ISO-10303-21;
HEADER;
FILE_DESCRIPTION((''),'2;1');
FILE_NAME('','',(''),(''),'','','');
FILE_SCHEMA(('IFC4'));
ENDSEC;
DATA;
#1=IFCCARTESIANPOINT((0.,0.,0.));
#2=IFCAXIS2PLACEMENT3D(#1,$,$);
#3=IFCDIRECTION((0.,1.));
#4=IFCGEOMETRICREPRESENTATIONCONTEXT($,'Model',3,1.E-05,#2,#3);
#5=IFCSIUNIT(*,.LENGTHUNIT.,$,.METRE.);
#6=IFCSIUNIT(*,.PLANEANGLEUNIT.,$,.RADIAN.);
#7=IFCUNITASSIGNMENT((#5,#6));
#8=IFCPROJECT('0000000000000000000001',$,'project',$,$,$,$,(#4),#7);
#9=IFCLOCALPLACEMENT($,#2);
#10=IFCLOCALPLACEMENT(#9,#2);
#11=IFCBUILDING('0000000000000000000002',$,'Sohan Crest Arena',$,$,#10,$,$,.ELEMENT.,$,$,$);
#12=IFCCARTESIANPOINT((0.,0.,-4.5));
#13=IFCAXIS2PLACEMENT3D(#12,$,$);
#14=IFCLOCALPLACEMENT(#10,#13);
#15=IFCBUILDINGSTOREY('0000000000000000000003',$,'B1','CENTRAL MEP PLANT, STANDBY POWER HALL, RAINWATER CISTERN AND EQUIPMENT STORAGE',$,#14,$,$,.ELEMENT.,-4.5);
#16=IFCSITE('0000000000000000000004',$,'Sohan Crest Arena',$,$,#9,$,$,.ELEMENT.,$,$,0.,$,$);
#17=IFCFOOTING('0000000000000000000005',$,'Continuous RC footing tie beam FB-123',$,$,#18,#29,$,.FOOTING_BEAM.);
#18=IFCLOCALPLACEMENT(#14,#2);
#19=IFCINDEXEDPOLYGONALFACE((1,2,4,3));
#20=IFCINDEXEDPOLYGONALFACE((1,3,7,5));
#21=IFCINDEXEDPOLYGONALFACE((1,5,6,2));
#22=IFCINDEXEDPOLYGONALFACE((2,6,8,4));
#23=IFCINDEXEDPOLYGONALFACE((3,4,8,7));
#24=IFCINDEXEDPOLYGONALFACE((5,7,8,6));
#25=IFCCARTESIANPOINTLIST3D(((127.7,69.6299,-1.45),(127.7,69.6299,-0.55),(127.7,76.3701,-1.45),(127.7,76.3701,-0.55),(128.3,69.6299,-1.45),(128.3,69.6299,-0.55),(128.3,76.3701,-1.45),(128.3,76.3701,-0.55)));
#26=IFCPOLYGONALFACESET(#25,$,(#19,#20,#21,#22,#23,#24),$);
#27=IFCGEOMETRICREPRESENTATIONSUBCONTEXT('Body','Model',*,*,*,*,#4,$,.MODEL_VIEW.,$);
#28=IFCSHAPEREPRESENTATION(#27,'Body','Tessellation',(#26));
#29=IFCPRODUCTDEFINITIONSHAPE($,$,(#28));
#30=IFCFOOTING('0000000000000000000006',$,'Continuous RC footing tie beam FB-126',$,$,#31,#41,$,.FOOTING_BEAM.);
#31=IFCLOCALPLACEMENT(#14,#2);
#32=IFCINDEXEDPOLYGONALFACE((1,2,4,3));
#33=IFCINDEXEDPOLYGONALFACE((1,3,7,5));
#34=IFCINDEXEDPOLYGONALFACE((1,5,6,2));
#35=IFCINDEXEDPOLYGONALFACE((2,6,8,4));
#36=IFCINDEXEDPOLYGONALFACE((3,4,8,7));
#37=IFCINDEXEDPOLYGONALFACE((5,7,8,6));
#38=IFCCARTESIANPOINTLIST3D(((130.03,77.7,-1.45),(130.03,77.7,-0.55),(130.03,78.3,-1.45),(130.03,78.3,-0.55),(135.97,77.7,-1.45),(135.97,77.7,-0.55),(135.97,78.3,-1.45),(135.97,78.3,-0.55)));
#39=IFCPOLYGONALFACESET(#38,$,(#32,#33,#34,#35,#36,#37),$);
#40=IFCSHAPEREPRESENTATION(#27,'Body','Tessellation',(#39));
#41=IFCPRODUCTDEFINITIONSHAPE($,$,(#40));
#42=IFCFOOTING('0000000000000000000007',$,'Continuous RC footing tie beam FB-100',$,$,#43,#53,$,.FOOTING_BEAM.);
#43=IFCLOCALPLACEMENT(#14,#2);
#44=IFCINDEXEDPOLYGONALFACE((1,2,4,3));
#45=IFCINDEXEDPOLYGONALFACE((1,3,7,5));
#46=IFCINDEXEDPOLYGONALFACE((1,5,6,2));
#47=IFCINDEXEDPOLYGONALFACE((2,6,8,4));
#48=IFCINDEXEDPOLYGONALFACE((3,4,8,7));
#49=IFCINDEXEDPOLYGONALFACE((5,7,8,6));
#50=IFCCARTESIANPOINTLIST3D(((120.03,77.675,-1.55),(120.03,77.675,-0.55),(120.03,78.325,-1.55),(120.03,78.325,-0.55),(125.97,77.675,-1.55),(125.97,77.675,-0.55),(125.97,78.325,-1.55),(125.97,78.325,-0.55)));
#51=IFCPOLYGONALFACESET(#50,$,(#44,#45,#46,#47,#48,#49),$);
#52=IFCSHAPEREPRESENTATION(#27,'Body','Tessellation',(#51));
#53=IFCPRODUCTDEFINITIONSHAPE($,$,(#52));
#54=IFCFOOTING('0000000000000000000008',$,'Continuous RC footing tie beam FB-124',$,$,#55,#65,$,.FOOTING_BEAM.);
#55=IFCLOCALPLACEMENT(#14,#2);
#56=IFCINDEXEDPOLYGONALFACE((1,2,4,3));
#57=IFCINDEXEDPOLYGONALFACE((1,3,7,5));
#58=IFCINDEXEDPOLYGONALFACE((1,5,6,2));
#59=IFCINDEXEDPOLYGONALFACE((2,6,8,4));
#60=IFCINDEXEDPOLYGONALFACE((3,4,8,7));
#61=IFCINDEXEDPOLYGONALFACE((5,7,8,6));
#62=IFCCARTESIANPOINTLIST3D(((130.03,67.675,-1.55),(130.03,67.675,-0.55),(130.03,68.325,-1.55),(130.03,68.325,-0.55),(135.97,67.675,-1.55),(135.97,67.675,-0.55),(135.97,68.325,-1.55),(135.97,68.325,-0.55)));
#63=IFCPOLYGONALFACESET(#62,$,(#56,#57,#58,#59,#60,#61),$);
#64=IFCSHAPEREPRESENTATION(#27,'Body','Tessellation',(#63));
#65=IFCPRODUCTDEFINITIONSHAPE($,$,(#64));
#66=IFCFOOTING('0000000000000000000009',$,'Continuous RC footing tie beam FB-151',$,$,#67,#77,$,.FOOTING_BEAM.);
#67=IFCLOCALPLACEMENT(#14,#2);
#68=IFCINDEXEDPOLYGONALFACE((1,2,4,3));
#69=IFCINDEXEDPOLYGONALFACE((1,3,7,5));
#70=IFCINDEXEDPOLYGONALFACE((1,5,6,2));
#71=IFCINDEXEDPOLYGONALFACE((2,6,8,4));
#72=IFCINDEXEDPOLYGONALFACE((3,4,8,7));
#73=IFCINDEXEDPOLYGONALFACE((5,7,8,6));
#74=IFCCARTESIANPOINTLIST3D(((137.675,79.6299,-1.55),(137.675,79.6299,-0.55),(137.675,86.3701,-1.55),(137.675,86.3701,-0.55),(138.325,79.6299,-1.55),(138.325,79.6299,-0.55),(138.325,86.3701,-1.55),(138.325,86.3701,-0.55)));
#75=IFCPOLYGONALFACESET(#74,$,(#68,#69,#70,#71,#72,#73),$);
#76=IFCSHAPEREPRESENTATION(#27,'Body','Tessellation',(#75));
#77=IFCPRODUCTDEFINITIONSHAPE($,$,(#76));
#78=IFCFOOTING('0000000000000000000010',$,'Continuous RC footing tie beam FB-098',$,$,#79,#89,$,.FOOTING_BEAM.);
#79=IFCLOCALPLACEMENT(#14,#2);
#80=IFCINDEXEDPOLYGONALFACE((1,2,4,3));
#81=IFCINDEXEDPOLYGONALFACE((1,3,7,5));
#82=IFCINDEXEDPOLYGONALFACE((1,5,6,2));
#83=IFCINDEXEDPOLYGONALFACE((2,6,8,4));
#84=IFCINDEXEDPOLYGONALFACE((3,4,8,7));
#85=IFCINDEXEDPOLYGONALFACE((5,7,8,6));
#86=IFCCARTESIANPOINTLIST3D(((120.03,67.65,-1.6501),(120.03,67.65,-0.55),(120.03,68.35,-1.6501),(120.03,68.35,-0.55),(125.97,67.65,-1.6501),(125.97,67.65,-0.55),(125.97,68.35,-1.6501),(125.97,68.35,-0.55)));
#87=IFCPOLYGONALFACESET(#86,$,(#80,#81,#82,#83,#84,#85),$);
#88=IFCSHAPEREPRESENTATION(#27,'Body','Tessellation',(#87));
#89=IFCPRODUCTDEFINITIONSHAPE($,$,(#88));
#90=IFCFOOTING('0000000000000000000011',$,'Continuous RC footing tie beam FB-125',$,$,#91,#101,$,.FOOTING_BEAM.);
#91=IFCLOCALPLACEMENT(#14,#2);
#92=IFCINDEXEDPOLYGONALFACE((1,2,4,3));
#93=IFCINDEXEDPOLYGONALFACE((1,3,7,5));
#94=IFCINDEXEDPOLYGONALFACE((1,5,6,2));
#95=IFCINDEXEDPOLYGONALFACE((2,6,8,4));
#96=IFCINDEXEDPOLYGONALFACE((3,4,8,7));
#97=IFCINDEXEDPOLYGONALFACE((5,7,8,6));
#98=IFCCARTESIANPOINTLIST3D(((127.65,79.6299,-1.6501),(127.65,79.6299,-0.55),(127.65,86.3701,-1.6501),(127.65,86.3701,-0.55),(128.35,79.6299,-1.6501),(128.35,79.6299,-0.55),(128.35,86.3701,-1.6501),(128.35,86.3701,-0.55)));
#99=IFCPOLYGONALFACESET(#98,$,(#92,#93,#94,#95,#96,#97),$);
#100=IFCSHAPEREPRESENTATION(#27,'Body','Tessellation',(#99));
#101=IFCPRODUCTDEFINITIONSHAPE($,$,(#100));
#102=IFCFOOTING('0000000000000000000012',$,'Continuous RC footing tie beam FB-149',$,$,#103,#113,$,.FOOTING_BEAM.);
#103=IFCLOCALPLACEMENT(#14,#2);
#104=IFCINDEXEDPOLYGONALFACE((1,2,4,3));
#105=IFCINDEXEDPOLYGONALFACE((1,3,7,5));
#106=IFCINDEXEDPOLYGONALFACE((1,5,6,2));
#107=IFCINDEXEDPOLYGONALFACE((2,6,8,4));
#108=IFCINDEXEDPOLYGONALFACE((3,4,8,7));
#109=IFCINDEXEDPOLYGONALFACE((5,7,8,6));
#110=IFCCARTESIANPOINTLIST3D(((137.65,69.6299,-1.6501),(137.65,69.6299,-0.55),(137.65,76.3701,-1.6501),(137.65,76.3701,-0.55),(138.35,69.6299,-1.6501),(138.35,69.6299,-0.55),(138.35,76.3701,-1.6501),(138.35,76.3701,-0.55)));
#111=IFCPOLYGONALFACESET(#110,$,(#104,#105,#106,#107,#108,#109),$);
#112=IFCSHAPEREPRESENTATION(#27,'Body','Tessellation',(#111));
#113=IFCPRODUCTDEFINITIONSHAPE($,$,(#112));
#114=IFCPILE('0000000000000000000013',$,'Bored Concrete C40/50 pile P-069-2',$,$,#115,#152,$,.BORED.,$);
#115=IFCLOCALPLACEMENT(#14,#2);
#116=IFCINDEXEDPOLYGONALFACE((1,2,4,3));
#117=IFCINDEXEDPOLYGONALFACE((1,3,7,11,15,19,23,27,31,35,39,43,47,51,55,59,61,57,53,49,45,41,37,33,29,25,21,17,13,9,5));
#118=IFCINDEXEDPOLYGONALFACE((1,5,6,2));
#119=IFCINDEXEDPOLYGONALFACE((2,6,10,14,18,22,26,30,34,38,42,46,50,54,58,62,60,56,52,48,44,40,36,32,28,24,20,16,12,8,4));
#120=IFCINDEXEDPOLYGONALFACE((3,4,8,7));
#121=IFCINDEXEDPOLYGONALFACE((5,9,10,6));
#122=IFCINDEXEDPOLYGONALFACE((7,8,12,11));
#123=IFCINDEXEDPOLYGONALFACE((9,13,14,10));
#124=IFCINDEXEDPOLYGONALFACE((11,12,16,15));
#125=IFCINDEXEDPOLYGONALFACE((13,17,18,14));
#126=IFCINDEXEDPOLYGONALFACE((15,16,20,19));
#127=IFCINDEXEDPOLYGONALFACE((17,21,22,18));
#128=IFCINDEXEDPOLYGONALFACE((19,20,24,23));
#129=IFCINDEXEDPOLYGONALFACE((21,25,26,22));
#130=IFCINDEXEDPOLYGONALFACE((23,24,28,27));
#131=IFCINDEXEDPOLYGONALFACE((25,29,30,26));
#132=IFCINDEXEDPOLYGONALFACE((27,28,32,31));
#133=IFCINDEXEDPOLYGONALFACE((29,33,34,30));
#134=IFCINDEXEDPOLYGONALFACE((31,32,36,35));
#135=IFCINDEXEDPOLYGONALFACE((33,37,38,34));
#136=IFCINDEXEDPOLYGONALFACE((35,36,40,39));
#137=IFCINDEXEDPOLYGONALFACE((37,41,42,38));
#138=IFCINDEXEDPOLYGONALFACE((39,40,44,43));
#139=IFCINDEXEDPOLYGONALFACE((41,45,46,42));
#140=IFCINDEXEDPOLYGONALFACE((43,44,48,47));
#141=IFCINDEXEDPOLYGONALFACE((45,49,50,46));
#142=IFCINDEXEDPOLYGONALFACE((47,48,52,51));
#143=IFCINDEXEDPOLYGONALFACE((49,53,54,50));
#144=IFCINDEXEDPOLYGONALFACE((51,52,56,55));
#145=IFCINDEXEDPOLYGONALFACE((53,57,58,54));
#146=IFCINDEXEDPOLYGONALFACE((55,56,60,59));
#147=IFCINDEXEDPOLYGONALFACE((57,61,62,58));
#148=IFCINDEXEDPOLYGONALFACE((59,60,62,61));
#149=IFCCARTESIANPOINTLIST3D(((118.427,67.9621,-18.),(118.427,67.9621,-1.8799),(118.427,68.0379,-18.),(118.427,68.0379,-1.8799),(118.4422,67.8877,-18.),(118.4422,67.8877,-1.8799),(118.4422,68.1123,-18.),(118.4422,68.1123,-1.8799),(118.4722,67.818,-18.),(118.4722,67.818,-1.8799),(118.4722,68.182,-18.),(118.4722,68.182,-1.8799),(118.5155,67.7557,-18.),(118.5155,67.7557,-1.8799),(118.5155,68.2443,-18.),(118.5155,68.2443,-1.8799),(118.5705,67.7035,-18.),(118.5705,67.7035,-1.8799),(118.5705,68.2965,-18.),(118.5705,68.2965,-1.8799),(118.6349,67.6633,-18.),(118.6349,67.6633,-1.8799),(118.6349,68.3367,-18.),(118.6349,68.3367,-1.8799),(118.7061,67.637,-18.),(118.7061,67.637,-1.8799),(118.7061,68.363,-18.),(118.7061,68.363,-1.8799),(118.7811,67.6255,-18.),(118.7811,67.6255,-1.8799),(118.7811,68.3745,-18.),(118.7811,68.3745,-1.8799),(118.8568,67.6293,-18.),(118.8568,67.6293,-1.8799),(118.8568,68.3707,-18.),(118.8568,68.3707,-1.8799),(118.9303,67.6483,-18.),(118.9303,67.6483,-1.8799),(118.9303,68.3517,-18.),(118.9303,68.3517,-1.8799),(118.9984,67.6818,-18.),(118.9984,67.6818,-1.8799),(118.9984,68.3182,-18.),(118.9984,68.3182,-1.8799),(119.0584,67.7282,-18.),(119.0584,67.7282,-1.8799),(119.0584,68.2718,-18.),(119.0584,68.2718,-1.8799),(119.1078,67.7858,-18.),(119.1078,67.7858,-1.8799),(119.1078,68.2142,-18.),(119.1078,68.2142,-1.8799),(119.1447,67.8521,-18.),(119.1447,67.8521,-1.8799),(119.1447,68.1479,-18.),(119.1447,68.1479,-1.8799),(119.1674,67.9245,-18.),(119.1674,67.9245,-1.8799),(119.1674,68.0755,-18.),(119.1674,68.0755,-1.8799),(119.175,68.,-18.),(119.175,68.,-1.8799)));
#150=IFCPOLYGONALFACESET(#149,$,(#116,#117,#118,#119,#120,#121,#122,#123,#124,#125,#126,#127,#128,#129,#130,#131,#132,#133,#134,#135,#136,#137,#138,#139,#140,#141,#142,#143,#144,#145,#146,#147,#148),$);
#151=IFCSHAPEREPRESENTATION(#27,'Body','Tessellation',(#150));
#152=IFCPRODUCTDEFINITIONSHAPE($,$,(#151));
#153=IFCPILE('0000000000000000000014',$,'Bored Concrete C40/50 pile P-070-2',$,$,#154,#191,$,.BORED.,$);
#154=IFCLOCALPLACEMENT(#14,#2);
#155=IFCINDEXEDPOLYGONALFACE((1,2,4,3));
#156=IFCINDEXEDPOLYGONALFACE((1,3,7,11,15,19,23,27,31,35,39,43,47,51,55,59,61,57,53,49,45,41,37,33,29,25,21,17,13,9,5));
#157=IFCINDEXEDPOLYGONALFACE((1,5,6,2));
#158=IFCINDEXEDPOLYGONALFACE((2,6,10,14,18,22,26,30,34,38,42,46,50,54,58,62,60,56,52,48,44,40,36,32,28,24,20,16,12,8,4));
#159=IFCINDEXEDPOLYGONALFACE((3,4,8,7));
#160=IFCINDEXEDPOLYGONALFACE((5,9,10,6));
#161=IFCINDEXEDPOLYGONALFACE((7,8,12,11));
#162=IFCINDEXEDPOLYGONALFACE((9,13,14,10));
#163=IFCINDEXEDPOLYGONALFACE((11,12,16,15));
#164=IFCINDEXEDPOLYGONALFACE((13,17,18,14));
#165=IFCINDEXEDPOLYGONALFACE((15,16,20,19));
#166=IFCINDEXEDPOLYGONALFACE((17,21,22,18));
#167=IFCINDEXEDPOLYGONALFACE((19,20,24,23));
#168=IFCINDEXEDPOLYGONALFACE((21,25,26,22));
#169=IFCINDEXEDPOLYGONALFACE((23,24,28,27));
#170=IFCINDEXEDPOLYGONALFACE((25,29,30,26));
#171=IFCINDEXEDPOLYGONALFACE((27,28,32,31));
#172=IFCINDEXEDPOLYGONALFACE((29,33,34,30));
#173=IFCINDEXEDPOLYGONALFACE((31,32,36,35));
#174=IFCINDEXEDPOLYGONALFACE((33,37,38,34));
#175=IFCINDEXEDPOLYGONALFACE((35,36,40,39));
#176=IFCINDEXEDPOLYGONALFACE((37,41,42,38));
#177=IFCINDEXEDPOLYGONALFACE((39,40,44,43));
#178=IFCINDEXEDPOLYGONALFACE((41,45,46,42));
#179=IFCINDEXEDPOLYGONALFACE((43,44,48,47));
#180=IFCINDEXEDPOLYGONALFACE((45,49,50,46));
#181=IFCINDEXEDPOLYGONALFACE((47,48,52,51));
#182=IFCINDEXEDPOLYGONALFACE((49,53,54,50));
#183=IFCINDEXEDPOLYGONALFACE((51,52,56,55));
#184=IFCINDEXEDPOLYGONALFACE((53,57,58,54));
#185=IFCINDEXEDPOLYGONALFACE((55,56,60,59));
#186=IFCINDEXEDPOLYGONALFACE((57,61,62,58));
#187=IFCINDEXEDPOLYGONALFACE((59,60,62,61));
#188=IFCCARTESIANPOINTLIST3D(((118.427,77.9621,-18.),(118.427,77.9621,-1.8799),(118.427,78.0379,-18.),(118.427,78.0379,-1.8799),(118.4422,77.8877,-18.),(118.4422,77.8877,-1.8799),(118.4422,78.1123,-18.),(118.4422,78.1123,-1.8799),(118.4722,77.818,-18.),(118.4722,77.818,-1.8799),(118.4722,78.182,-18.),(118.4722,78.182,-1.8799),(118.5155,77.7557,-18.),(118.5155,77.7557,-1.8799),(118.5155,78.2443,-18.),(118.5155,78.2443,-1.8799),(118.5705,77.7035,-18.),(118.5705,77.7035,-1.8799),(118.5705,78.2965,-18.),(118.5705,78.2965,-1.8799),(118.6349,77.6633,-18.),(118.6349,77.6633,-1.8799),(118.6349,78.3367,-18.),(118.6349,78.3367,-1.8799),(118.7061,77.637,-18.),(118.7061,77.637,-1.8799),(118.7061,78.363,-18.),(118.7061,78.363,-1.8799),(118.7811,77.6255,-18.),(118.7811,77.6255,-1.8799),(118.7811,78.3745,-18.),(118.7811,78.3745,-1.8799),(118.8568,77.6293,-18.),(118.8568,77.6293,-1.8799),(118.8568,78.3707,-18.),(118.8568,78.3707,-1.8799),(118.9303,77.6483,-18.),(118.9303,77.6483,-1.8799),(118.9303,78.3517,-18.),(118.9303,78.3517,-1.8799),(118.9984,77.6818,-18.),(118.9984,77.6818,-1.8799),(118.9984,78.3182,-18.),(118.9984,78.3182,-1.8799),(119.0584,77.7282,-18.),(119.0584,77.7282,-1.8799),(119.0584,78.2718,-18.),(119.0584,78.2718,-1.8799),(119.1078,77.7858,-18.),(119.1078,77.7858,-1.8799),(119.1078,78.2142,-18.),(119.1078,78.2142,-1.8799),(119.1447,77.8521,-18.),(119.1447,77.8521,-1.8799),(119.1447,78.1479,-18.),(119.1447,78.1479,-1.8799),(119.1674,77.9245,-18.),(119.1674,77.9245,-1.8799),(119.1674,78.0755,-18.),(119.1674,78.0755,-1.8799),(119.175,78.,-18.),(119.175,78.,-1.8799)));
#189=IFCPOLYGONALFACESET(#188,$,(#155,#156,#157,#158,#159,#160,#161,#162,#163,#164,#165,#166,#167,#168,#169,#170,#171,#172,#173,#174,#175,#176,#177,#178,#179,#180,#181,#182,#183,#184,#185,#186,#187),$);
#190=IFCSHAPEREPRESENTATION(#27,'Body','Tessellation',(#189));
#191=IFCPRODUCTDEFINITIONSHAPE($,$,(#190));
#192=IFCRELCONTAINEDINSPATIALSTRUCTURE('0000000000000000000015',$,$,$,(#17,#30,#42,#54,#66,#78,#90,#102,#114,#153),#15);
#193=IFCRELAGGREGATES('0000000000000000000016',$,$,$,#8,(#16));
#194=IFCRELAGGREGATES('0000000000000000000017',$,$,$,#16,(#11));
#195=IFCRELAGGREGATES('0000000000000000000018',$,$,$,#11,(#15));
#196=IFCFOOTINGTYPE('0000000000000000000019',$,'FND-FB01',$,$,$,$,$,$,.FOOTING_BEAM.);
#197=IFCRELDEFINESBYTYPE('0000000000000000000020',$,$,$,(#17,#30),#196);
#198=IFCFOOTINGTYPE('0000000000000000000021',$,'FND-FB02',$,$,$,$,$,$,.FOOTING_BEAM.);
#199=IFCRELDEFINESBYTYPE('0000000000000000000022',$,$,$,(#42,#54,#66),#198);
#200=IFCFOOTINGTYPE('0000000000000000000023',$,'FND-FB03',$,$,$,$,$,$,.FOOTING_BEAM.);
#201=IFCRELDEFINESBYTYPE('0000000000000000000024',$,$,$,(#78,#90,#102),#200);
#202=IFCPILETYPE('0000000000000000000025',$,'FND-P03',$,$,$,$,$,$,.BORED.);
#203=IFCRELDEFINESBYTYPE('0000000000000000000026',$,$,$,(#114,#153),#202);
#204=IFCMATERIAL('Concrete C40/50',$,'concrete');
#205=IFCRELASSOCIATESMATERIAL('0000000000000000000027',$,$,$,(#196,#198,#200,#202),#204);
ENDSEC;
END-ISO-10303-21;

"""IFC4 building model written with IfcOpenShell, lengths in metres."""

from ifc_helpers import new_model, si_unit, direction, frame, origin, origin_2d, place, context, subcontext, project, spatial, rectangle, circle, extrude, material, material_profile, profile_set, type_object, element, save


model = new_model("IFC4")

# Units and contexts
model_context = context("Model", 3, precision=1e-05, world=origin(), true_north=direction((0.0, 1.0)))
body_context = subcontext(model_context, "Body", "Model", "MODEL_VIEW")
ifc_project = project(units=[si_unit("LENGTHUNIT", "METRE"), si_unit("PLANEANGLEUNIT", "RADIAN")], contexts=[model_context])

# Site, building, storey
site_placement = place(None, origin())
site = spatial("IfcSite", under=ifc_project, at=site_placement, Name="Sohan Crest Arena", CompositionType="ELEMENT", RefElevation=0.0)
building_placement = place(site_placement, origin())
building = spatial("IfcBuilding", under=site, at=building_placement, Name="Sohan Crest Arena", CompositionType="ELEMENT")
storey_placement = place(building_placement, frame((0.0, 0.0, -4.5)))
storey = spatial("IfcBuildingStorey", under=building, at=storey_placement, Name="B1", Description="CENTRAL MEP PLANT, STANDBY POWER HALL, RAINWATER CISTERN AND EQUIPMENT STORAGE", CompositionType="ELEMENT", Elevation=-4.5)

# Footings
ifc_material = material(Name="Concrete C40/50", Category="concrete")
ifc_material_profile_1 = material_profile(ifc_material, rectangle(XDim=0.6001, YDim=0.8999, at=origin_2d()), Name="RC-FB 600x900")
ifc_profile_set_1 = profile_set([ifc_material_profile_1], Name="Concrete C40/50")
footing_type_1 = type_object("IfcFootingType", Name="FND-FB01", PredefinedType="FOOTING_BEAM", material=ifc_profile_set_1)
footing_1_placement = place(storey_placement, frame((128.0, 69.6299, -1.0), z_axis=(0.0, 1.0, 0.0), x_axis=(-1.0, 0.0, 0.0)))
element("IfcFooting", 1, at=footing_1_placement, inside=storey, type_object=footing_type_1, Name="Continuous RC footing tie beam FB-123", PredefinedType="FOOTING_BEAM", context=body_context, shape_type="SweptSolid", body=[
    extrude(rectangle(XDim=0.6001, YDim=0.8999, at=origin_2d()), origin(), (0.0, 0.0, 1.0), 6.7402),
])
footing_2_placement = place(storey_placement, frame((130.03, 78.0, -1.0), z_axis=(1.0, 0.0, 0.0), x_axis=(0.0, 1.0, 0.0)))
element("IfcFooting", 2, at=footing_2_placement, inside=storey, type_object=footing_type_1, Name="Continuous RC footing tie beam FB-126", PredefinedType="FOOTING_BEAM", context=body_context, shape_type="SweptSolid", body=[
    extrude(rectangle(XDim=0.6001, YDim=0.8999, at=origin_2d()), origin(), (0.0, 0.0, 1.0), 5.9399),
])
ifc_material_profile_2 = material_profile(ifc_material, rectangle(XDim=0.6499, YDim=1.0, at=origin_2d()), Name="RC-FB 650x1000")
ifc_profile_set_2 = profile_set([ifc_material_profile_2], Name="Concrete C40/50")
footing_type_2 = type_object("IfcFootingType", Name="FND-FB02", PredefinedType="FOOTING_BEAM", material=ifc_profile_set_2)
for number, where, z_axis, x_axis, name in (
    (3, (120.03, 78.0, -1.05), (1.0, 0.0, 0.0), (0.0, 1.0, 0.0), "Continuous RC footing tie beam FB-100"),
    (4, (130.03, 68.0, -1.05), (1.0, 0.0, 0.0), (0.0, 1.0, 0.0), "Continuous RC footing tie beam FB-124"),
):
    element("IfcFooting", number, at=place(storey_placement, frame(where, z_axis=z_axis, x_axis=x_axis)), inside=storey, type_object=footing_type_2, Name=name, PredefinedType="FOOTING_BEAM", context=body_context, shape_type="SweptSolid", body=[
        extrude(rectangle(XDim=0.6499, YDim=1.0, at=origin_2d()), origin(), (0.0, 0.0, 1.0), 5.9399),
    ])
footing_3_placement = place(storey_placement, frame((138.0, 79.6299, -1.05), z_axis=(0.0, 1.0, 0.0), x_axis=(-1.0, 0.0, 0.0)))
element("IfcFooting", 5, at=footing_3_placement, inside=storey, type_object=footing_type_2, Name="Continuous RC footing tie beam FB-151", PredefinedType="FOOTING_BEAM", context=body_context, shape_type="SweptSolid", body=[
    extrude(rectangle(XDim=0.6499, YDim=1.0, at=origin_2d()), origin(), (0.0, 0.0, 1.0), 6.7402),
])
ifc_material_profile_3 = material_profile(ifc_material, rectangle(XDim=0.7, YDim=1.1001, at=origin_2d()), Name="RC-FB 700x1100")
ifc_profile_set_3 = profile_set([ifc_material_profile_3], Name="Concrete C40/50")
footing_type_3 = type_object("IfcFootingType", Name="FND-FB03", PredefinedType="FOOTING_BEAM", material=ifc_profile_set_3)
footing_4_placement = place(storey_placement, frame((120.03, 68.0, -1.1001), z_axis=(1.0, 0.0, 0.0), x_axis=(0.0, 1.0, 0.0)))
element("IfcFooting", 6, at=footing_4_placement, inside=storey, type_object=footing_type_3, Name="Continuous RC footing tie beam FB-098", PredefinedType="FOOTING_BEAM", context=body_context, shape_type="SweptSolid", body=[
    extrude(rectangle(XDim=0.7, YDim=1.1001, at=origin_2d()), origin(), (0.0, 0.0, 1.0), 5.9399),
])
for number, where, z_axis, x_axis, name in (
    (7, (128.0, 79.6299, -1.1001), (0.0, 1.0, 0.0), (-1.0, 0.0, 0.0), "Continuous RC footing tie beam FB-125"),
    (8, (138.0, 69.6299, -1.1001), (0.0, 1.0, 0.0), (-1.0, 0.0, 0.0), "Continuous RC footing tie beam FB-149"),
):
    element("IfcFooting", number, at=place(storey_placement, frame(where, z_axis=z_axis, x_axis=x_axis)), inside=storey, type_object=footing_type_3, Name=name, PredefinedType="FOOTING_BEAM", context=body_context, shape_type="SweptSolid", body=[
        extrude(rectangle(XDim=0.7, YDim=1.1001, at=origin_2d()), origin(), (0.0, 0.0, 1.0), 6.7402),
    ])

# Piles
ifc_material_profile_4 = material_profile(ifc_material, circle(Radius=0.375, at=origin_2d()), Name="PILE D750")
ifc_profile_set_4 = profile_set([ifc_material_profile_4], Name="Concrete C40/50")
pile_type = type_object("IfcPileType", Name="FND-P03", PredefinedType="BORED", material=ifc_profile_set_4)
for number, where, z_axis, x_axis, name in (
    (9, (118.8, 68.0, -18.0), (0.0, 0.0, 1.0), (1.0, 0.0, 0.0), "Bored Concrete C40/50 pile P-069-2"),
    (10, (118.8, 78.0, -18.0), (0.0, 0.0, 1.0), (1.0, 0.0, 0.0), "Bored Concrete C40/50 pile P-070-2"),
):
    element("IfcPile", number, at=place(storey_placement, frame(where, z_axis=z_axis, x_axis=x_axis)), inside=storey, type_object=pile_type, Name=name, PredefinedType="BORED", context=body_context, shape_type="SweptSolid", body=[
        extrude(circle(Radius=0.375, at=origin_2d()), origin(), (0.0, 0.0, 1.0), 16.1201),
    ])

save(model, "model.ifc")
